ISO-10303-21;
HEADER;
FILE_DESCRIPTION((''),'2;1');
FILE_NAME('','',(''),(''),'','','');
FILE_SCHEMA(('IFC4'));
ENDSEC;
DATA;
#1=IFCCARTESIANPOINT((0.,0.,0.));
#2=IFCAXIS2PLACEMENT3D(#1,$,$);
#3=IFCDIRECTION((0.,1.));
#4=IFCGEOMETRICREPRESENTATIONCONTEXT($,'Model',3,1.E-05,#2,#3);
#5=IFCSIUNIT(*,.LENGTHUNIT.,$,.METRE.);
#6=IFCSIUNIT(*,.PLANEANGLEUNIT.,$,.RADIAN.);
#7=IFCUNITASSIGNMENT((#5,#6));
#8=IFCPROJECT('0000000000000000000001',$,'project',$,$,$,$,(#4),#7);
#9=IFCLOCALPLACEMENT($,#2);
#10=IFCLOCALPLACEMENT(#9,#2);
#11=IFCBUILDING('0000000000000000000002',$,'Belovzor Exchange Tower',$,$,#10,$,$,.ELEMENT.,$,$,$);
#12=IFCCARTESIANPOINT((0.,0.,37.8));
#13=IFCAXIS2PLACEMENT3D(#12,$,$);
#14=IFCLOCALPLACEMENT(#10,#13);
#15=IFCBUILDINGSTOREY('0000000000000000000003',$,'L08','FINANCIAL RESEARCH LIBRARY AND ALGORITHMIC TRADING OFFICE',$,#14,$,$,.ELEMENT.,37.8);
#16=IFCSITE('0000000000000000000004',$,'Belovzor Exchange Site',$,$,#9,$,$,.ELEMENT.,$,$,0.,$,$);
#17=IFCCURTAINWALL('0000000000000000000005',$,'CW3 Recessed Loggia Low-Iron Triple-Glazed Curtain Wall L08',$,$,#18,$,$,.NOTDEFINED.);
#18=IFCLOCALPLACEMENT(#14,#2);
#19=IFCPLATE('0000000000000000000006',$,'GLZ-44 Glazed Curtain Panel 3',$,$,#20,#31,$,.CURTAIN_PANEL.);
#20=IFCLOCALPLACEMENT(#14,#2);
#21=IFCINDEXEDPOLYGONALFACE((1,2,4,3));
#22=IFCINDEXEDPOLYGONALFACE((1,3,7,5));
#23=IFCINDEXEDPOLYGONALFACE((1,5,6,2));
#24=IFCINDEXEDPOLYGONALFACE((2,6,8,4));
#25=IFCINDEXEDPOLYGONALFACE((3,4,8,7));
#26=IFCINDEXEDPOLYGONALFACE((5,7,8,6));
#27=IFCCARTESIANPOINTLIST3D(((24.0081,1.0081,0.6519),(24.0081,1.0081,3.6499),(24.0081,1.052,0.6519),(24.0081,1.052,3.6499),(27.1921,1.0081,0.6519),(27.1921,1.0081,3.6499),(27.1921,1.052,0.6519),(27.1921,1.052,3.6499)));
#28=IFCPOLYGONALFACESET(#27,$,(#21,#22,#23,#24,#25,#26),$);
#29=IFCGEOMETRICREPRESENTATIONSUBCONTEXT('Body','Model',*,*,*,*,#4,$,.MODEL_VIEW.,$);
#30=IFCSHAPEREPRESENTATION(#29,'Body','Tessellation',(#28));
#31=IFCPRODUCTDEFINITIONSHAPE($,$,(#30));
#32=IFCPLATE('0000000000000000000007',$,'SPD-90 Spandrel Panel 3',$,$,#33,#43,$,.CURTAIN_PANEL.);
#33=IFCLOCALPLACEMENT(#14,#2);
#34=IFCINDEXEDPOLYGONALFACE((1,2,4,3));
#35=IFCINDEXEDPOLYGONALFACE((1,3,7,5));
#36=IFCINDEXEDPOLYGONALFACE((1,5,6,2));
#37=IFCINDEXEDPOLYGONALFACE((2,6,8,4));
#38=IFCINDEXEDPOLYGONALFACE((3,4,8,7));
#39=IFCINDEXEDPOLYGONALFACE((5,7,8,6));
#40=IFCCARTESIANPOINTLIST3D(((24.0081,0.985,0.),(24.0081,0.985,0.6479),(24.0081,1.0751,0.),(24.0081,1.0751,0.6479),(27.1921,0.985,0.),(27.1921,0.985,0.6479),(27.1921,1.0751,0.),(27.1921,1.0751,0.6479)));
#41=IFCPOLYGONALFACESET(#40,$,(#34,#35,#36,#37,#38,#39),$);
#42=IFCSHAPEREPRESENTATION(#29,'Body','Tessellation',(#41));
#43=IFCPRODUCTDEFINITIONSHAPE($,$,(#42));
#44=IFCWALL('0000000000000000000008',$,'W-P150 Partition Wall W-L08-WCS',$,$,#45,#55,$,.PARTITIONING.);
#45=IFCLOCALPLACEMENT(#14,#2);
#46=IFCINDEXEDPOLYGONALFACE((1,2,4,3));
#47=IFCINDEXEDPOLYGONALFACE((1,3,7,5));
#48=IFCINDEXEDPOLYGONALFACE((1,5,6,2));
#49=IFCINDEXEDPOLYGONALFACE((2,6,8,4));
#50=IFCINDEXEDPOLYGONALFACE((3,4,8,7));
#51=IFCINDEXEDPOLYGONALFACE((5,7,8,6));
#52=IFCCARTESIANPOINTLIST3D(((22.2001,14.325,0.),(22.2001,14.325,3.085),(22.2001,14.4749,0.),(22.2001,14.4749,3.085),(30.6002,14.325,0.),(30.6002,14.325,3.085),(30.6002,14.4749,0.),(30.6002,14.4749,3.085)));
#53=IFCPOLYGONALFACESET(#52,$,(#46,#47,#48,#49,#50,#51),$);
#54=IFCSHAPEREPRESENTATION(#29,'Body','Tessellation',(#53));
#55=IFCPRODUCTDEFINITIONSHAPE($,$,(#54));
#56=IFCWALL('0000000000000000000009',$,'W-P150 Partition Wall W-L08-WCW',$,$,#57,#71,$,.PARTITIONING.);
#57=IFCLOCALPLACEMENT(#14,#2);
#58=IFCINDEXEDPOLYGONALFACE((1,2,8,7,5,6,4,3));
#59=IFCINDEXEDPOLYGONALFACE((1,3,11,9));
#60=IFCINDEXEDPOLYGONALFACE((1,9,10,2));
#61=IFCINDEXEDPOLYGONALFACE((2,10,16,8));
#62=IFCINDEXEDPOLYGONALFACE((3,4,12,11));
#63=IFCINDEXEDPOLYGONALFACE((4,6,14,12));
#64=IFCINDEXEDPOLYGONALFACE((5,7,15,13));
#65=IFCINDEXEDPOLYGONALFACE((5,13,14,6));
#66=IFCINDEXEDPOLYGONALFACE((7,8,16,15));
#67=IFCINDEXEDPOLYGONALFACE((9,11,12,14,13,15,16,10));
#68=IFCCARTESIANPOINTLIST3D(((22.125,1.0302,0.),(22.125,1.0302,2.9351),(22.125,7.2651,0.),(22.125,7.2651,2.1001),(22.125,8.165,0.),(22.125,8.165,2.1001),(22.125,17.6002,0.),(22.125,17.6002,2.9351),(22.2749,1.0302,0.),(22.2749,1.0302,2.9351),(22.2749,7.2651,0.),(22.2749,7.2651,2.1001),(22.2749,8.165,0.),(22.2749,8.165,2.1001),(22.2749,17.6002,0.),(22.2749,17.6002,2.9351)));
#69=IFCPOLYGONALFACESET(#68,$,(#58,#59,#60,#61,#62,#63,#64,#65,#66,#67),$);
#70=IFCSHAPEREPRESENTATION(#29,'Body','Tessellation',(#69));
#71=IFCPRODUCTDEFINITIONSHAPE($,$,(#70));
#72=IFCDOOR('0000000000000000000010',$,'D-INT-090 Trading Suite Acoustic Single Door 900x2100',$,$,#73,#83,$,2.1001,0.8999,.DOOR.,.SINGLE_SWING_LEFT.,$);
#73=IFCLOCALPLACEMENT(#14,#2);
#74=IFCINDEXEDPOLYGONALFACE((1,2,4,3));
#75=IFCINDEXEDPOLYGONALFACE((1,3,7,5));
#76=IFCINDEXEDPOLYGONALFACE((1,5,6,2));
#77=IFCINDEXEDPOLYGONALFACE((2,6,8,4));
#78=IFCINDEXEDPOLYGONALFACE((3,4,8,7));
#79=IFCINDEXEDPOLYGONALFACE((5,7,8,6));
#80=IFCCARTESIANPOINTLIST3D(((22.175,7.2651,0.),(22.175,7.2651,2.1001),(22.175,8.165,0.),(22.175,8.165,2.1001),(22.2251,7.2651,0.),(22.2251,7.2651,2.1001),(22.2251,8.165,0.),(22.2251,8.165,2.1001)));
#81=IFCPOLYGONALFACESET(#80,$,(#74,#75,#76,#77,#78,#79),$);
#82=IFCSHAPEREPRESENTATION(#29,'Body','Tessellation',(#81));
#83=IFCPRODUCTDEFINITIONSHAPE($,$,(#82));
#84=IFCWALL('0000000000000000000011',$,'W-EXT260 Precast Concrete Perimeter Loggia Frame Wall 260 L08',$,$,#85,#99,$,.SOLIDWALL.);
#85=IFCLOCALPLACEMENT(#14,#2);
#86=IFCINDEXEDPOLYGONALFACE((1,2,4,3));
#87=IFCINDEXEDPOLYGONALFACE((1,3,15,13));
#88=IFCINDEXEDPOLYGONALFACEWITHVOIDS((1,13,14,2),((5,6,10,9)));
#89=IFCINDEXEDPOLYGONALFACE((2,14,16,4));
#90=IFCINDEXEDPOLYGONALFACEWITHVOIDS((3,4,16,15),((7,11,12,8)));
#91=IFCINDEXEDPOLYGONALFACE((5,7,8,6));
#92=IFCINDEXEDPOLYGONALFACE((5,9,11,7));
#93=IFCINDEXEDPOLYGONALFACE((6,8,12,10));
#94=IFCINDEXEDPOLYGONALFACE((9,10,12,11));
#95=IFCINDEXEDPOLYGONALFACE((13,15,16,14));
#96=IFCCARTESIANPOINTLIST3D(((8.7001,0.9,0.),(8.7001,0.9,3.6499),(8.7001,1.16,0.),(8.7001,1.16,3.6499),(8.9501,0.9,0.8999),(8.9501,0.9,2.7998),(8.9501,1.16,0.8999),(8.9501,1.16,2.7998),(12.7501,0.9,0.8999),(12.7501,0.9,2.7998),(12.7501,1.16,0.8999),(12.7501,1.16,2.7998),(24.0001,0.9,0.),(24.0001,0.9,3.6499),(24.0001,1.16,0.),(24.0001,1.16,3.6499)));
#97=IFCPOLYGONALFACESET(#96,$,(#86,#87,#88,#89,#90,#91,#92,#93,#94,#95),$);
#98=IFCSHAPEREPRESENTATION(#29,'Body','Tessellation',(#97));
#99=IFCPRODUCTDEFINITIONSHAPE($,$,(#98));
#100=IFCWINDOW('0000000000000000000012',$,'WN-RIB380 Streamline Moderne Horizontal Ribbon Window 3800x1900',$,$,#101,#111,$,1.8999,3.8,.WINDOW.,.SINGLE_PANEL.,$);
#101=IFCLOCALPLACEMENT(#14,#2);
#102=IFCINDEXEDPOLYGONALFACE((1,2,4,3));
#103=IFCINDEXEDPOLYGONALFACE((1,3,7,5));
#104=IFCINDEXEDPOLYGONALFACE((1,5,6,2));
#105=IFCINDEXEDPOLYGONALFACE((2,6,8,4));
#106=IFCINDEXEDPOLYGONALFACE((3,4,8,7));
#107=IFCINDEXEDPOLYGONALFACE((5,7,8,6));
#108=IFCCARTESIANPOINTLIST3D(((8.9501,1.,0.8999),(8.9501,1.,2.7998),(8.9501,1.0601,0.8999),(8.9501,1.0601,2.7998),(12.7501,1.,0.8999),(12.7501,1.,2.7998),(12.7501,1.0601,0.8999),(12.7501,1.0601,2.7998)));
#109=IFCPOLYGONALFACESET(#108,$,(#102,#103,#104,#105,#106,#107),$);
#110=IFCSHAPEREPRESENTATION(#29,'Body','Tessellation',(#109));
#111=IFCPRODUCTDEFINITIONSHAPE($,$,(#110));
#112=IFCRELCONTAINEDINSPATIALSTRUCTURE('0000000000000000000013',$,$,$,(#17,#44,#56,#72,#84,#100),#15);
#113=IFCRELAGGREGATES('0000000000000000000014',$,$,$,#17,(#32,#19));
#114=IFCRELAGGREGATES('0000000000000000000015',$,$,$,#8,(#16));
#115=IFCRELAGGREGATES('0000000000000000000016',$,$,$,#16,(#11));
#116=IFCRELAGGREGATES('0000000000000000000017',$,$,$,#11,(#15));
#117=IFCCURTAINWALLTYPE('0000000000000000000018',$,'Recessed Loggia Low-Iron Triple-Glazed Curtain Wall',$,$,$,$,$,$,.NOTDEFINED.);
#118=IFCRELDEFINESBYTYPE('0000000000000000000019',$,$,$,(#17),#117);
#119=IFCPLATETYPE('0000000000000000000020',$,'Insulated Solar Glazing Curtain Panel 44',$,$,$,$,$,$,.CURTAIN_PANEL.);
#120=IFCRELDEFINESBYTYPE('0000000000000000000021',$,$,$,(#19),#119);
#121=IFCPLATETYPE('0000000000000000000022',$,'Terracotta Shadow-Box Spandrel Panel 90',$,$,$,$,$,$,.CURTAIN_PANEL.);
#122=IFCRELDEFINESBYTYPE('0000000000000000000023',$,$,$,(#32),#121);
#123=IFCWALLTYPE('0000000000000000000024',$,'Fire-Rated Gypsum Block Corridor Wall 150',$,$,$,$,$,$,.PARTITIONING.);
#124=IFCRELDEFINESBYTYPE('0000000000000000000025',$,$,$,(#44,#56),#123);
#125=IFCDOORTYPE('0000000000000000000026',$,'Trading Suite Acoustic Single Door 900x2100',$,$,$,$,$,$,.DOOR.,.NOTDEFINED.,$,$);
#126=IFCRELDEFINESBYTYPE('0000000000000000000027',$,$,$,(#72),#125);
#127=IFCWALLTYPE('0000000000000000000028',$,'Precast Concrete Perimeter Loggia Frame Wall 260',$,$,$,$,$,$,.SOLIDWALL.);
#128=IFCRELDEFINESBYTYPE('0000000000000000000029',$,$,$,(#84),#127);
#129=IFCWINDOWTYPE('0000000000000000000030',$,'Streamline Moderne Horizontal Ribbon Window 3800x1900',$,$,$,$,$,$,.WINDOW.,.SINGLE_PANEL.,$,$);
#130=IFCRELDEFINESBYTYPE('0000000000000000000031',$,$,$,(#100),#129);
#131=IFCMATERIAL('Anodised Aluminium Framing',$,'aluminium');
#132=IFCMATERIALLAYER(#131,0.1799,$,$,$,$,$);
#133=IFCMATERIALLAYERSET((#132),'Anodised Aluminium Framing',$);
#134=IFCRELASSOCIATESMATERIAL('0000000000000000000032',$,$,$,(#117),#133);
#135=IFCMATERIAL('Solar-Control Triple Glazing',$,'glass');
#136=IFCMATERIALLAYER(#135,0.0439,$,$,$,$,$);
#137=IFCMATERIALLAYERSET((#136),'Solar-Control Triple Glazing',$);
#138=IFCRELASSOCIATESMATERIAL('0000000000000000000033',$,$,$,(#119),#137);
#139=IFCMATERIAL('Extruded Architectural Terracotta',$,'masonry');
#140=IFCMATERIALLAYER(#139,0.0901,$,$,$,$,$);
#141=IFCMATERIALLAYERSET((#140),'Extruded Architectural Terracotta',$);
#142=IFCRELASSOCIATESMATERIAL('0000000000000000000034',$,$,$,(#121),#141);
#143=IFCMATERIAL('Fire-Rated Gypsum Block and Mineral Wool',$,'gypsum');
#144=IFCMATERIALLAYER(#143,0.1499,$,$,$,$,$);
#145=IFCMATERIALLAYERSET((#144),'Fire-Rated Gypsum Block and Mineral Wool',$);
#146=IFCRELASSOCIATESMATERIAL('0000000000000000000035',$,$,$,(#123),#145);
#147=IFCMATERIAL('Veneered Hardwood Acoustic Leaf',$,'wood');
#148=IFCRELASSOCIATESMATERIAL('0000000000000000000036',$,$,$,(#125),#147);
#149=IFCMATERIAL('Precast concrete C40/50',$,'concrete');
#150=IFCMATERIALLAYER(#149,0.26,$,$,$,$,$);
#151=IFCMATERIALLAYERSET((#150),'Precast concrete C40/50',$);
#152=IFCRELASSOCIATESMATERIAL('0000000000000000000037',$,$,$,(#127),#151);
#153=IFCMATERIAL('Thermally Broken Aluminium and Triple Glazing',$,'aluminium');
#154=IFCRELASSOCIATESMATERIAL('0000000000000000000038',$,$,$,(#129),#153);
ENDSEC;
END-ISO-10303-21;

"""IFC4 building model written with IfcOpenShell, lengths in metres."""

from ifc_helpers import new_model, si_unit, direction, frame, frame_2d, origin, origin_2d, place, context, subcontext, project, spatial, rectangle, extrude, material, layer, layer_set, type_object, element, fill, aggregate, save


model = new_model("IFC4")

# Units and contexts
model_context = context("Model", 3, precision=1e-05, world=origin(), true_north=direction((0.0, 1.0)))
body_context = subcontext(model_context, "Body", "Model", "MODEL_VIEW")
ifc_project = project(units=[si_unit("LENGTHUNIT", "METRE"), si_unit("PLANEANGLEUNIT", "RADIAN")], contexts=[model_context])

# Site, building, storey
site_placement = place(None, origin())
site = spatial("IfcSite", under=ifc_project, at=site_placement, Name="Belovzor Exchange Site", CompositionType="ELEMENT", RefElevation=0.0)
building_placement = place(site_placement, origin())
building = spatial("IfcBuilding", under=site, at=building_placement, Name="Belovzor Exchange Tower", CompositionType="ELEMENT")
storey_placement = place(building_placement, frame((0.0, 0.0, 37.8)))
storey = spatial("IfcBuildingStorey", under=building, at=storey_placement, Name="L08", Description="FINANCIAL RESEARCH LIBRARY AND ALGORITHMIC TRADING OFFICE", CompositionType="ELEMENT", Elevation=37.8)

# Curtain wall
ifc_material_1 = material(Name="Anodised Aluminium Framing", Category="aluminium")
ifc_layer_1 = layer(ifc_material_1, 0.1799)
ifc_layer_set_1 = layer_set([ifc_layer_1], Name="Anodised Aluminium Framing")
curtain_wall_type = type_object("IfcCurtainWallType", Name="Recessed Loggia Low-Iron Triple-Glazed Curtain Wall", PredefinedType="NOTDEFINED", material=ifc_layer_set_1)
curtain_wall_placement = place(storey_placement, origin())
curtain_wall = element("IfcCurtainWall", 1, at=curtain_wall_placement, inside=storey, type_object=curtain_wall_type, Name="CW3 Recessed Loggia Low-Iron Triple-Glazed Curtain Wall L08", PredefinedType="NOTDEFINED")

# Plates
ifc_material_2 = material(Name="Solar-Control Triple Glazing", Category="glass")
ifc_layer_2 = layer(ifc_material_2, 0.0439)
ifc_layer_set_2 = layer_set([ifc_layer_2], Name="Solar-Control Triple Glazing")
plate_type_1 = type_object("IfcPlateType", Name="Insulated Solar Glazing Curtain Panel 44", PredefinedType="CURTAIN_PANEL", material=ifc_layer_set_2)
plate_1_placement = place(storey_placement, frame((25.6001, 1.03, 0.6519), z_axis=(0.0, 0.0, 1.0), x_axis=(-1.0, 0.0, 0.0)))
plate_1 = element("IfcPlate", 2, at=plate_1_placement, type_object=plate_type_1, Name="GLZ-44 Glazed Curtain Panel 3", PredefinedType="CURTAIN_PANEL", context=body_context, shape_type="SweptSolid", body=[
    extrude(rectangle(XDim=3.1841, YDim=0.0439, at=origin_2d()), origin(), (0.0, 0.0, 1.0), 2.998),
])
ifc_material_3 = material(Name="Extruded Architectural Terracotta", Category="masonry")
ifc_layer_3 = layer(ifc_material_3, 0.0901)
ifc_layer_set_3 = layer_set([ifc_layer_3], Name="Extruded Architectural Terracotta")
plate_type_2 = type_object("IfcPlateType", Name="Terracotta Shadow-Box Spandrel Panel 90", PredefinedType="CURTAIN_PANEL", material=ifc_layer_set_3)
plate_2_placement = place(storey_placement, frame((25.6001, 1.03, 0.0), z_axis=(0.0, 0.0, 1.0), x_axis=(-1.0, 0.0, 0.0)))
plate_2 = element("IfcPlate", 3, at=plate_2_placement, type_object=plate_type_2, Name="SPD-90 Spandrel Panel 3", PredefinedType="CURTAIN_PANEL", context=body_context, shape_type="SweptSolid", body=[
    extrude(rectangle(XDim=3.1841, YDim=0.0901, at=origin_2d()), origin(), (0.0, 0.0, 1.0), 0.6479),
])
aggregate(curtain_wall, [plate_2, plate_1])

# Wall
ifc_material_4 = material(Name="Fire-Rated Gypsum Block and Mineral Wool", Category="gypsum")
ifc_layer_4 = layer(ifc_material_4, 0.1499)
ifc_layer_set_4 = layer_set([ifc_layer_4], Name="Fire-Rated Gypsum Block and Mineral Wool")
wall_type_1 = type_object("IfcWallType", Name="Fire-Rated Gypsum Block Corridor Wall 150", PredefinedType="PARTITIONING", material=ifc_layer_set_4)
wall_1_placement = place(storey_placement, frame((22.2, 14.3999, 0.0), z_axis=(0.0, 0.0, 1.0), x_axis=(1.0, 0.0, 0.0)))
element("IfcWall", 4, at=wall_1_placement, inside=storey, type_object=wall_type_1, Name="W-P150 Partition Wall W-L08-WCS", PredefinedType="PARTITIONING", context=body_context, shape_type="SweptSolid", body=[
    extrude(rectangle(XDim=8.4001, YDim=0.1499, at=frame_2d((4.2002, 0.0))), origin(), (0.0, 0.0, 1.0), 3.085),
])

# Wall, opening, door
wall_2_placement = place(storey_placement, frame((22.2, 1.03, 0.0), z_axis=(0.0, 0.0, 1.0), x_axis=(0.0, 1.0, 0.0)))
wall_2 = element("IfcWall", 5, at=wall_2_placement, inside=storey, type_object=wall_type_1, Name="W-P150 Partition Wall W-L08-WCW", PredefinedType="PARTITIONING", context=body_context, shape_type="SweptSolid", body=[
    extrude(rectangle(XDim=16.5701, YDim=0.1499, at=frame_2d((8.2852, 0.0))), origin(), (0.0, 0.0, 1.0), 2.9351),
])
opening_1_placement = place(wall_2_placement, frame((6.2351, 0.0, 0.0)))
opening_1 = element("IfcOpeningElement", 6, at=opening_1_placement, cuts=wall_2, PredefinedType="OPENING", context=body_context, shape_type="SweptSolid", body=[
    extrude(rectangle(XDim=0.8999, YDim=2.1001, at=frame_2d((0.45, 1.05))), frame((0.0, 0.085, 0.0), z_axis=(0.0, -1.0, 0.0), x_axis=(1.0, 0.0, 0.0)), (0.0, 0.0, 1.0), 0.1699),
])
ifc_material_5 = material(Name="Veneered Hardwood Acoustic Leaf", Category="wood")
door_type = type_object("IfcDoorType", Name="Trading Suite Acoustic Single Door 900x2100", OperationType="NOTDEFINED", PredefinedType="DOOR", material=ifc_material_5)
door_placement = place(opening_1_placement, origin())
door = element("IfcDoor", 7, at=door_placement, inside=storey, type_object=door_type, Name="D-INT-090 Trading Suite Acoustic Single Door 900x2100", OperationType="SINGLE_SWING_LEFT", OverallHeight=2.1001, OverallWidth=0.8999, PredefinedType="DOOR", context=body_context, shape_type="SweptSolid", body=[
    extrude(rectangle(XDim=0.8999, YDim=2.1001, at=frame_2d((0.45, 1.05))), frame((0.0, 0.0249, 0.0), z_axis=(0.0, -1.0, 0.0), x_axis=(1.0, 0.0, 0.0)), (0.0, 0.0, 1.0), 0.05),
])
fill(opening_1, door)

# Wall, opening, window
ifc_material_6 = material(Name="Precast concrete C40/50", Category="concrete")
ifc_layer_5 = layer(ifc_material_6, 0.26)
ifc_layer_set_5 = layer_set([ifc_layer_5], Name="Precast concrete C40/50")
wall_type_2 = type_object("IfcWallType", Name="Precast Concrete Perimeter Loggia Frame Wall 260", PredefinedType="SOLIDWALL", material=ifc_layer_set_5)
wall_3_placement = place(storey_placement, frame((24.0, 1.03, 0.0), z_axis=(0.0, 0.0, 1.0), x_axis=(-1.0, 0.0, 0.0)))
wall_3 = element("IfcWall", 8, at=wall_3_placement, inside=storey, type_object=wall_type_2, Name="W-EXT260 Precast Concrete Perimeter Loggia Frame Wall 260 L08", PredefinedType="SOLIDWALL", context=body_context, shape_type="SweptSolid", body=[
    extrude(rectangle(XDim=15.3, YDim=0.26, at=frame_2d((7.6499, 0.0))), origin(), (0.0, 0.0, 1.0), 3.6499),
])
opening_2_placement = place(wall_3_placement, frame((11.25, 0.0, 0.8999)))
opening_2 = element("IfcOpeningElement", 9, at=opening_2_placement, cuts=wall_3, PredefinedType="OPENING", context=body_context, shape_type="SweptSolid", body=[
    extrude(rectangle(XDim=3.8, YDim=1.8999, at=frame_2d((1.8999, 0.95))), frame((0.0, 0.1399, 0.0), z_axis=(0.0, -1.0, 0.0), x_axis=(1.0, 0.0, 0.0)), (0.0, 0.0, 1.0), 0.28),
])
ifc_material_7 = material(Name="Thermally Broken Aluminium and Triple Glazing", Category="aluminium")
window_type = type_object("IfcWindowType", Name="Streamline Moderne Horizontal Ribbon Window 3800x1900", PartitioningType="SINGLE_PANEL", PredefinedType="WINDOW", material=ifc_material_7)
window_placement = place(opening_2_placement, origin())
window = element("IfcWindow", 10, at=window_placement, inside=storey, type_object=window_type, Name="WN-RIB380 Streamline Moderne Horizontal Ribbon Window 3800x1900", OverallHeight=1.8999, OverallWidth=3.8, PartitioningType="SINGLE_PANEL", PredefinedType="WINDOW", context=body_context, shape_type="SweptSolid", body=[
    extrude(rectangle(XDim=3.8, YDim=1.8999, at=frame_2d((1.8999, 0.95))), frame((0.0, 0.03, 0.0), z_axis=(0.0, -1.0, 0.0), x_axis=(1.0, 0.0, 0.0)), (0.0, 0.0, 1.0), 0.0601),
])
fill(opening_2, window)

save(model, "model.ifc")
